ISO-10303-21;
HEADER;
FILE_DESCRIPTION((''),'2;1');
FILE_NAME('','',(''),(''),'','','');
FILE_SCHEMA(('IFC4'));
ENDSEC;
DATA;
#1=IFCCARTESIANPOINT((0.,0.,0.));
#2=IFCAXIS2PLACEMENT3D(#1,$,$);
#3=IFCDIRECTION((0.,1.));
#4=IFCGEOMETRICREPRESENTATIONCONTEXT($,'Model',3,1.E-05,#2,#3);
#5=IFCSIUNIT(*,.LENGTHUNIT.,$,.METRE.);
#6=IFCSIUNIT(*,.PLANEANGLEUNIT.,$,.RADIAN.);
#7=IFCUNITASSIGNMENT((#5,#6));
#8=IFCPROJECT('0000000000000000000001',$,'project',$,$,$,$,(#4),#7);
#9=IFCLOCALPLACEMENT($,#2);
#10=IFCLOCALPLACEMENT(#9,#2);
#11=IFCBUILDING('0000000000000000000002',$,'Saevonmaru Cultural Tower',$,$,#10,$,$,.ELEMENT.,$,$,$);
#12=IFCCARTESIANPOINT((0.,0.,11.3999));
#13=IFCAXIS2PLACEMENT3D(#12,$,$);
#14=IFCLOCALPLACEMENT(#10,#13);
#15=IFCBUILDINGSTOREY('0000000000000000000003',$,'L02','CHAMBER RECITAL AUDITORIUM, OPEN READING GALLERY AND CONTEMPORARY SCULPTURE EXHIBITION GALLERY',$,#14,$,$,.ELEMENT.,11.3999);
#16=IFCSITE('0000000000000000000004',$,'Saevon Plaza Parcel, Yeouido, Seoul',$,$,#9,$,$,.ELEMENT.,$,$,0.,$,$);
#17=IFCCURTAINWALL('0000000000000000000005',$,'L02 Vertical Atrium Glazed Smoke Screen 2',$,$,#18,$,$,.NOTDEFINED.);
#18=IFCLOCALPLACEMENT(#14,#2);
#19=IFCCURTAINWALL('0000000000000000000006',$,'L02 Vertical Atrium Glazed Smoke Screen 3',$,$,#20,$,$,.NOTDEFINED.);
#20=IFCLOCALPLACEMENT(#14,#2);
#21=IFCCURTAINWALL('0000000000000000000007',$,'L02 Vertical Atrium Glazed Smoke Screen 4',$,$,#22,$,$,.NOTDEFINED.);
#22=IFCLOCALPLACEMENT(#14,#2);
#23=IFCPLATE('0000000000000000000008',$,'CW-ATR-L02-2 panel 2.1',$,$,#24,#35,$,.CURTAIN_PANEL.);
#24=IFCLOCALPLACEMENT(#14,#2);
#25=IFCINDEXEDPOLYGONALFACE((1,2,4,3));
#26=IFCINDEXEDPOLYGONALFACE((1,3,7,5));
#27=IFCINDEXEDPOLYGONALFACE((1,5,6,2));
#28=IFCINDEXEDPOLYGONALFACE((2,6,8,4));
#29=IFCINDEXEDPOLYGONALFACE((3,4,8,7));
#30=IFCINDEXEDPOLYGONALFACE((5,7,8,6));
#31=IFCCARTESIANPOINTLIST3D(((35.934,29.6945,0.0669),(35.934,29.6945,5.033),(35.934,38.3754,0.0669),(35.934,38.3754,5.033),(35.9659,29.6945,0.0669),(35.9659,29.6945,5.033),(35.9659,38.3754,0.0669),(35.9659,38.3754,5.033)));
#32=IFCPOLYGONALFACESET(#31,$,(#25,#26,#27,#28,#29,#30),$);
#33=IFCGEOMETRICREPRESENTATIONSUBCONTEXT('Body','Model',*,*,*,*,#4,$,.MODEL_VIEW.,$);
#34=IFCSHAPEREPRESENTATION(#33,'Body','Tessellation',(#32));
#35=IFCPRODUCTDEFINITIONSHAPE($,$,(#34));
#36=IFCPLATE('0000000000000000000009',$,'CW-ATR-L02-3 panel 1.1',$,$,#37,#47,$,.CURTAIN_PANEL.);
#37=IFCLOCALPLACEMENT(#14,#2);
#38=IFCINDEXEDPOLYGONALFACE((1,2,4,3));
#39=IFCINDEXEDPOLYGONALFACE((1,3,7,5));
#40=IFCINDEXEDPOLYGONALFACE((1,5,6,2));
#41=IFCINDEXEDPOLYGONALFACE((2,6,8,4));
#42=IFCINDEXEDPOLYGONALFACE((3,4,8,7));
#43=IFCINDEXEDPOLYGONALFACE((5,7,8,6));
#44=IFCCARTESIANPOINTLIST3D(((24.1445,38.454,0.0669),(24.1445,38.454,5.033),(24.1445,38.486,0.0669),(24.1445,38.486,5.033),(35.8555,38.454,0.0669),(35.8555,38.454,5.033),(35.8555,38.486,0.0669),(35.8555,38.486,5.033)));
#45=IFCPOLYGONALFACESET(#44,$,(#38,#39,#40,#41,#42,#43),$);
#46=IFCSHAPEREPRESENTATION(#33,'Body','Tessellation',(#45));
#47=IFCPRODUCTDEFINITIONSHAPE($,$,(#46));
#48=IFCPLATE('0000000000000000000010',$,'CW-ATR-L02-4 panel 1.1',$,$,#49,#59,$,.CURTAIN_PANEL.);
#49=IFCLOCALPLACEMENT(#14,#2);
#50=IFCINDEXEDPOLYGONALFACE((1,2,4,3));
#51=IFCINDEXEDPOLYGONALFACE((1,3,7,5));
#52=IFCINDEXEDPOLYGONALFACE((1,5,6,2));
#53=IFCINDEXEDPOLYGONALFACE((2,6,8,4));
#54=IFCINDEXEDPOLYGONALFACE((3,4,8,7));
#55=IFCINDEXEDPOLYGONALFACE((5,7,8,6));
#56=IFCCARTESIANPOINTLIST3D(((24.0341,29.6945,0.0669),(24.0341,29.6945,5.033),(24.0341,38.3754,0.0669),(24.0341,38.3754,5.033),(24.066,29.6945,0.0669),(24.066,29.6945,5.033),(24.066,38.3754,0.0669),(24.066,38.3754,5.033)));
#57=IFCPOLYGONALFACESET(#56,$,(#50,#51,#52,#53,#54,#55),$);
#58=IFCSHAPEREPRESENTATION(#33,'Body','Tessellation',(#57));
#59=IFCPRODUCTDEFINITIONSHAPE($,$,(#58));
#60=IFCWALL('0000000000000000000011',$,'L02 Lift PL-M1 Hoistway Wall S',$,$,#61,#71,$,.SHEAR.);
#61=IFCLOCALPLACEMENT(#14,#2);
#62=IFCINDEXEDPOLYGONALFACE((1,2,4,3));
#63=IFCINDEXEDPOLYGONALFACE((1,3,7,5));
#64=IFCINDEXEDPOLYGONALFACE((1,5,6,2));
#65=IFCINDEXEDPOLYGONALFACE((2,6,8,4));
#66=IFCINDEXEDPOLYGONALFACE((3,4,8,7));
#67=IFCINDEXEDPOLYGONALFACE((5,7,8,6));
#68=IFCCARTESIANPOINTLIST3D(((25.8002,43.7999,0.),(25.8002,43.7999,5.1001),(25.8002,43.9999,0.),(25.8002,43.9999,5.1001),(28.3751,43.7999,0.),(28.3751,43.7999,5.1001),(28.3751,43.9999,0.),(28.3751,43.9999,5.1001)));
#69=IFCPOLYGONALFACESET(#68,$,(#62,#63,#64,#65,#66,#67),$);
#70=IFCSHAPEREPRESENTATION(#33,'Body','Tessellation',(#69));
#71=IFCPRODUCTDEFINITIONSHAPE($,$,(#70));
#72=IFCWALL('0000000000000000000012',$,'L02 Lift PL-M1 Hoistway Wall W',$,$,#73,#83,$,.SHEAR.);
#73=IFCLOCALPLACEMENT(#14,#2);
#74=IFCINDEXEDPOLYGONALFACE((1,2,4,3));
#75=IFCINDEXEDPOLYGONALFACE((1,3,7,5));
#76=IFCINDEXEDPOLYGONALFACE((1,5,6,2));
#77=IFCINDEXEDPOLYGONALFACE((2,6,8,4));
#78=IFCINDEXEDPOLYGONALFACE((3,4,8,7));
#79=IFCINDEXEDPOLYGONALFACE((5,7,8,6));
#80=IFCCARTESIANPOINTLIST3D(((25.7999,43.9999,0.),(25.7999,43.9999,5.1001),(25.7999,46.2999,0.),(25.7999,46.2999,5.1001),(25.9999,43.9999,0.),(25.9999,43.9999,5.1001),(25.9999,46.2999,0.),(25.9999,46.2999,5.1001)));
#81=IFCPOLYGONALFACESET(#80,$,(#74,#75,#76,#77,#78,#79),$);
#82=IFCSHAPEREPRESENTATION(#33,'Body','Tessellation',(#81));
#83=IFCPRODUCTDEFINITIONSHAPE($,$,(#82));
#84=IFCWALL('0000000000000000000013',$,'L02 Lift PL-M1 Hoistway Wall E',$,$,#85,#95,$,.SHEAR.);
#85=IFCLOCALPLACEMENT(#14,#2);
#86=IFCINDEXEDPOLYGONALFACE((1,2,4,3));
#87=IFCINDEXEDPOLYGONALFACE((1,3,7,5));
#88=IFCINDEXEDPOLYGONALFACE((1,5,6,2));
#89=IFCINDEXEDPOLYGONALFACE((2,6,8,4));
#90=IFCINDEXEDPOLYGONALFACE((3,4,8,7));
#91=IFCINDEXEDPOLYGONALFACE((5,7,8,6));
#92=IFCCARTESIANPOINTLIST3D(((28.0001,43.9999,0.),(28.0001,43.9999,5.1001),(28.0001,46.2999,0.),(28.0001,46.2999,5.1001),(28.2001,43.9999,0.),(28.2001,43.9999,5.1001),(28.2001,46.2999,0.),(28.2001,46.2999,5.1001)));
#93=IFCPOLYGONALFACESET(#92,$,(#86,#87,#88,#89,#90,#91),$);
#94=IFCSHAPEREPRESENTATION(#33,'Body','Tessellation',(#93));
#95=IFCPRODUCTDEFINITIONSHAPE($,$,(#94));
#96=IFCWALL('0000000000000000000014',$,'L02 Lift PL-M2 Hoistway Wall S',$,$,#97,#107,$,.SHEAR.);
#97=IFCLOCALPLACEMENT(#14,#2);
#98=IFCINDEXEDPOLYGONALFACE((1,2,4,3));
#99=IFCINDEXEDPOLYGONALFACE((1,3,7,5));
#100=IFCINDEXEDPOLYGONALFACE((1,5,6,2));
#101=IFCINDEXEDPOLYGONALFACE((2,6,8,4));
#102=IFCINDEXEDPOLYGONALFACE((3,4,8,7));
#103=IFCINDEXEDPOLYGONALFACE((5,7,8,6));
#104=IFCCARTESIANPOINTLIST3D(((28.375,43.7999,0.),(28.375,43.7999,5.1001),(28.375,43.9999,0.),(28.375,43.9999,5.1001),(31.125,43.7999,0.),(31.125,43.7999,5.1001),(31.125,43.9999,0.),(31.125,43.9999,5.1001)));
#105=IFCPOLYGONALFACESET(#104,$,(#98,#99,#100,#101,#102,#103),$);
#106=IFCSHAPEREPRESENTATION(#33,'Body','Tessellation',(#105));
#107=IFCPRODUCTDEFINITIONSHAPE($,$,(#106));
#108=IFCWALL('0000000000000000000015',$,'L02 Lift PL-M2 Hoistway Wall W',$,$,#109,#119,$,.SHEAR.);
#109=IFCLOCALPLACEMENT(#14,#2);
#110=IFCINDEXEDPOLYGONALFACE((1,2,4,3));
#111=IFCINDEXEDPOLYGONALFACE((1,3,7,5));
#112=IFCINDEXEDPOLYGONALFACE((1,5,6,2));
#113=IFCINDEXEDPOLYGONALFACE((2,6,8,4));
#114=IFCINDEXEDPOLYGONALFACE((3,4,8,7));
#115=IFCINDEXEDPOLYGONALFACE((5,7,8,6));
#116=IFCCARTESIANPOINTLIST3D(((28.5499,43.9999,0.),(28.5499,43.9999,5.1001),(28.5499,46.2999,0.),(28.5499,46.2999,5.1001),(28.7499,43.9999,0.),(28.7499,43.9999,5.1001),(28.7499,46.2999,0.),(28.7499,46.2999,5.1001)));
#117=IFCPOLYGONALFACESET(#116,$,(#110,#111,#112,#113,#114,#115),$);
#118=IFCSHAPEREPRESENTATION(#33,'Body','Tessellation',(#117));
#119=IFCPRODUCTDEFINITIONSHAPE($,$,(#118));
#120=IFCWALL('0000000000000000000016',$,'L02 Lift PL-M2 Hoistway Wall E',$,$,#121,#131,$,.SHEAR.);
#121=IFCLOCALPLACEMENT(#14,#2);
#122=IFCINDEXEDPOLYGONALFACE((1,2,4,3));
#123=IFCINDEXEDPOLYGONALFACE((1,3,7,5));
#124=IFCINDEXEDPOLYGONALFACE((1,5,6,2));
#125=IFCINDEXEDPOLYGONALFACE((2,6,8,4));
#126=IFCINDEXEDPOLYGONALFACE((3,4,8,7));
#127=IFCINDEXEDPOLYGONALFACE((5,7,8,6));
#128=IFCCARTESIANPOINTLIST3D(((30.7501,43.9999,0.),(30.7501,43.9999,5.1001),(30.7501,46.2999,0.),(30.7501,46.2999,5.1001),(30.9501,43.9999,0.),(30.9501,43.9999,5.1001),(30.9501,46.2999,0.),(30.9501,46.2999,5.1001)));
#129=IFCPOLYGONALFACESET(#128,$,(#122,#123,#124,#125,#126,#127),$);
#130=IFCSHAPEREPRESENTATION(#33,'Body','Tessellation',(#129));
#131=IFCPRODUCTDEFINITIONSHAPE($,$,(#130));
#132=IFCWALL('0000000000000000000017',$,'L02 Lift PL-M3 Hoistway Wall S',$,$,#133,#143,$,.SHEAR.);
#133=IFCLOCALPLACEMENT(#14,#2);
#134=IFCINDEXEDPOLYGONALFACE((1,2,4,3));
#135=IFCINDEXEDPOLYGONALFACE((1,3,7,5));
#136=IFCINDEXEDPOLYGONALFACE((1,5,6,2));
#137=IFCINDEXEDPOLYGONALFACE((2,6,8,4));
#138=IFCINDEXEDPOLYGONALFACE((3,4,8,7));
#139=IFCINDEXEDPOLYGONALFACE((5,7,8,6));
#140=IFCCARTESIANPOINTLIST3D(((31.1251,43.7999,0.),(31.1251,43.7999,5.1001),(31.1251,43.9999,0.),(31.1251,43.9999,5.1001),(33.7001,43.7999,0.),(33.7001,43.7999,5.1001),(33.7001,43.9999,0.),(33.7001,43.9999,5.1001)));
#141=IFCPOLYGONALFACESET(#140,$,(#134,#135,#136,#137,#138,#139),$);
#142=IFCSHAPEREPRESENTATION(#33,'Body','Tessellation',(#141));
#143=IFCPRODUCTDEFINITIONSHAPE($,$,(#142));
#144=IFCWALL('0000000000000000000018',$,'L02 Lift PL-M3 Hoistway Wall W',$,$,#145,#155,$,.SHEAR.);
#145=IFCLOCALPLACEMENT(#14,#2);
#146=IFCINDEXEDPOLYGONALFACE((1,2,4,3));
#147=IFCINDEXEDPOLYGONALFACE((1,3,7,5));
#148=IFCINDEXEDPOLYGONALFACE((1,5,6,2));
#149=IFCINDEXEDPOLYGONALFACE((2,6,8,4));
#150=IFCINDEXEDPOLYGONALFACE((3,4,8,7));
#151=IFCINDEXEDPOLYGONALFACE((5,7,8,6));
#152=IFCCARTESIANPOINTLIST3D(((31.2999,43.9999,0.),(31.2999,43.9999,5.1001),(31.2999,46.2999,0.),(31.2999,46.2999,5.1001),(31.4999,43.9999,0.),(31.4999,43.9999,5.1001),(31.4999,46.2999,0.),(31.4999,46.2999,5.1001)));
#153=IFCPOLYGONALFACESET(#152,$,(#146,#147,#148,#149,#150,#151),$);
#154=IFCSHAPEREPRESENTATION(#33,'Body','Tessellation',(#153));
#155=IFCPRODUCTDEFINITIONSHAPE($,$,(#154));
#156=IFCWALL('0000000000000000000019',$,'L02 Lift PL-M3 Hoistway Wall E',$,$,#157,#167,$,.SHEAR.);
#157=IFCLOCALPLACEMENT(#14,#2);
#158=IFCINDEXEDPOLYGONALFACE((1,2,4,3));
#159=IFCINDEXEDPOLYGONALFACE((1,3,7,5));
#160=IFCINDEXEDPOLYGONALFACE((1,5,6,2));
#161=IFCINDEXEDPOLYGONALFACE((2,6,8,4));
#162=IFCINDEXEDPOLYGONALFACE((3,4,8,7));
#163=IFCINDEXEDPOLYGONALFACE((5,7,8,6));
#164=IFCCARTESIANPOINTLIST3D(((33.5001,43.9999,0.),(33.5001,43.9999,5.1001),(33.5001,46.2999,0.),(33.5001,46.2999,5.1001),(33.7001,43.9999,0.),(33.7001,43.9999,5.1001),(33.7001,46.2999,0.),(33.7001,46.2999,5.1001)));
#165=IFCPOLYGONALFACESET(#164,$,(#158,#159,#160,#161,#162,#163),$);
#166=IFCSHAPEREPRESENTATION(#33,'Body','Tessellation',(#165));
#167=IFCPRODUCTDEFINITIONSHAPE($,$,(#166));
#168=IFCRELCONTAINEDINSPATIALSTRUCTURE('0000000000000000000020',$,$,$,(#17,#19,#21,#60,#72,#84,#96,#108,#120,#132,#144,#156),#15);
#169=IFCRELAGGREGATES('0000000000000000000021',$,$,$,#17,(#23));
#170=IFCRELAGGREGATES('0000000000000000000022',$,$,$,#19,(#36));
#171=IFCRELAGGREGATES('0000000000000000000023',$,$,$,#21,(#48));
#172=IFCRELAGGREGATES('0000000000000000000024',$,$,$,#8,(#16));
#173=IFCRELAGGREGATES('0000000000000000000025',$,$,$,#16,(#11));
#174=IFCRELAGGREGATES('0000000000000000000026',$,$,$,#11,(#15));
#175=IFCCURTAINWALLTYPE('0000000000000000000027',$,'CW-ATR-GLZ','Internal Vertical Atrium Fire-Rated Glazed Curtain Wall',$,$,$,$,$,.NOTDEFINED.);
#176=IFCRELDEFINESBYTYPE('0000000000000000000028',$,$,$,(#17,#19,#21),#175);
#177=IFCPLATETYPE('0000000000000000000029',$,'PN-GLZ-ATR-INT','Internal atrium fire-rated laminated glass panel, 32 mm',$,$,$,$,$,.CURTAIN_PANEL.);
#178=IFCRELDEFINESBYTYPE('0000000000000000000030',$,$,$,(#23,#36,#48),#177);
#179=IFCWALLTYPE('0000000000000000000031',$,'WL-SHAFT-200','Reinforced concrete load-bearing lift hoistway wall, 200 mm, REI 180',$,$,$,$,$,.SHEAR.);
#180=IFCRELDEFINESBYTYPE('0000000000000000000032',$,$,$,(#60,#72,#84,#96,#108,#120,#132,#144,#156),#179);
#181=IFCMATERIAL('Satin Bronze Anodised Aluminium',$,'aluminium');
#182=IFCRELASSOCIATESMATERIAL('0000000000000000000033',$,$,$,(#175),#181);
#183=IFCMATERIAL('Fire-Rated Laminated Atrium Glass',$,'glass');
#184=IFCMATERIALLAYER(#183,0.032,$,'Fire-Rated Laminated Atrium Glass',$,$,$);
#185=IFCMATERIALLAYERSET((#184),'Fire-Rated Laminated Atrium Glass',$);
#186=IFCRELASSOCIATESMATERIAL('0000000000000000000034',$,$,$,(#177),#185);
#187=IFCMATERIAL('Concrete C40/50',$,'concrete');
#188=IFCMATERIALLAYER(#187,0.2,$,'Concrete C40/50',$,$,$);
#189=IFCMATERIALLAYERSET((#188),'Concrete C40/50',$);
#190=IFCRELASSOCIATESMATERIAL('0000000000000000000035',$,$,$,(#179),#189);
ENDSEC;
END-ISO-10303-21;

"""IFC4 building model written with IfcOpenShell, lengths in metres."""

from ifc_helpers import new_model, si_unit, direction, frame, frame_2d, origin, origin_2d, place, context, subcontext, project, spatial, rectangle, extrude, material, layer, layer_set, type_object, element, aggregate, save


model = new_model("IFC4")

# Units and contexts
model_context = context("Model", 3, precision=1e-05, world=origin(), true_north=direction((0.0, 1.0)))
body_context = subcontext(model_context, "Body", "Model", "MODEL_VIEW")
ifc_project = project(units=[si_unit("LENGTHUNIT", "METRE"), si_unit("PLANEANGLEUNIT", "RADIAN")], contexts=[model_context])

# Site, building, storey
site_placement = place(None, origin())
site = spatial("IfcSite", under=ifc_project, at=site_placement, Name="Saevon Plaza Parcel, Yeouido, Seoul", CompositionType="ELEMENT", RefElevation=0.0)
building_placement = place(site_placement, origin())
building = spatial("IfcBuilding", under=site, at=building_placement, Name="Saevonmaru Cultural Tower", CompositionType="ELEMENT")
storey_placement = place(building_placement, frame((0.0, 0.0, 11.3999)))
storey = spatial("IfcBuildingStorey", under=building, at=storey_placement, Name="L02", Description="CHAMBER RECITAL AUDITORIUM, OPEN READING GALLERY AND CONTEMPORARY SCULPTURE EXHIBITION GALLERY", CompositionType="ELEMENT", Elevation=11.3999)

# Curtain wall
ifc_material_1 = material(Name="Satin Bronze Anodised Aluminium", Category="aluminium")
curtain_wall_type = type_object("IfcCurtainWallType", Name="CW-ATR-GLZ", Description="Internal Vertical Atrium Fire-Rated Glazed Curtain Wall", PredefinedType="NOTDEFINED", material=ifc_material_1)
curtain_wall_1_placement = place(storey_placement, origin())
curtain_wall_1 = element("IfcCurtainWall", 1, at=curtain_wall_1_placement, inside=storey, type_object=curtain_wall_type, Name="L02 Vertical Atrium Glazed Smoke Screen 2", PredefinedType="NOTDEFINED")

# Curtain wall
curtain_wall_2_placement = place(storey_placement, origin())
curtain_wall_2 = element("IfcCurtainWall", 2, at=curtain_wall_2_placement, inside=storey, type_object=curtain_wall_type, Name="L02 Vertical Atrium Glazed Smoke Screen 3", PredefinedType="NOTDEFINED")

# Curtain wall
curtain_wall_3_placement = place(storey_placement, origin())
curtain_wall_3 = element("IfcCurtainWall", 3, at=curtain_wall_3_placement, inside=storey, type_object=curtain_wall_type, Name="L02 Vertical Atrium Glazed Smoke Screen 4", PredefinedType="NOTDEFINED")

# Plates
ifc_material_2 = material(Name="Fire-Rated Laminated Atrium Glass", Category="glass")
ifc_layer_1 = layer(ifc_material_2, 0.032, Name="Fire-Rated Laminated Atrium Glass")
ifc_layer_set_1 = layer_set([ifc_layer_1], Name="Fire-Rated Laminated Atrium Glass")
plate_type = type_object("IfcPlateType", Name="PN-GLZ-ATR-INT", Description="Internal atrium fire-rated laminated glass panel, 32 mm", PredefinedType="CURTAIN_PANEL", material=ifc_layer_set_1)
plate_1_placement = place(storey_placement, frame((35.95, 34.0349, 0.0669), z_axis=(0.0, 0.0, 1.0), x_axis=(0.0, 1.0, 0.0)))
plate_1 = element("IfcPlate", 4, at=plate_1_placement, type_object=plate_type, Name="CW-ATR-L02-2 panel 2.1", PredefinedType="CURTAIN_PANEL", context=body_context, shape_type="SweptSolid", body=[
    extrude(rectangle(XDim=8.6809, YDim=0.032, at=origin_2d()), origin(), (0.0, 0.0, 1.0), 4.9661),
])
aggregate(curtain_wall_1, [plate_1])
plate_2_placement = place(storey_placement, frame((30.0, 38.47, 0.0669), z_axis=(0.0, 0.0, 1.0), x_axis=(-1.0, 0.0, 0.0)))
plate_2 = element("IfcPlate", 5, at=plate_2_placement, type_object=plate_type, Name="CW-ATR-L02-3 panel 1.1", PredefinedType="CURTAIN_PANEL", context=body_context, shape_type="SweptSolid", body=[
    extrude(rectangle(XDim=11.7109, YDim=0.032, at=origin_2d()), origin(), (0.0, 0.0, 1.0), 4.9661),
])
aggregate(curtain_wall_2, [plate_2])
plate_3_placement = place(storey_placement, frame((24.05, 34.0349, 0.0669), z_axis=(0.0, 0.0, 1.0), x_axis=(0.0, -1.0, 0.0)))
plate_3 = element("IfcPlate", 6, at=plate_3_placement, type_object=plate_type, Name="CW-ATR-L02-4 panel 1.1", PredefinedType="CURTAIN_PANEL", context=body_context, shape_type="SweptSolid", body=[
    extrude(rectangle(XDim=8.6809, YDim=0.032, at=origin_2d()), origin(), (0.0, 0.0, 1.0), 4.9661),
])
aggregate(curtain_wall_3, [plate_3])

# Walls
ifc_material_3 = material(Name="Concrete C40/50", Category="concrete")
ifc_layer_2 = layer(ifc_material_3, 0.2, Name="Concrete C40/50")
ifc_layer_set_2 = layer_set([ifc_layer_2], Name="Concrete C40/50")
wall_type = type_object("IfcWallType", Name="WL-SHAFT-200", Description="Reinforced concrete load-bearing lift hoistway wall, 200 mm, REI 180", PredefinedType="SHEAR", material=ifc_layer_set_2)
wall_1_placement = place(storey_placement, frame((25.8, 43.8999, 0.0), z_axis=(0.0, 0.0, 1.0), x_axis=(1.0, 0.0, 0.0)))
element("IfcWall", 7, at=wall_1_placement, inside=storey, type_object=wall_type, Name="L02 Lift PL-M1 Hoistway Wall S", PredefinedType="SHEAR", context=body_context, shape_type="SweptSolid", body=[
    extrude(rectangle(XDim=2.575, YDim=0.2, at=frame_2d((1.2876, 0.0))), origin(), (0.0, 0.0, 1.0), 5.1001),
])
for number, where, z_axis, x_axis, name in (
    (8, (25.8999, 44.0, 0.0), (0.0, 0.0, 1.0), (0.0, 1.0, 0.0), "L02 Lift PL-M1 Hoistway Wall W"),
    (9, (28.1001, 44.0, 0.0), (0.0, 0.0, 1.0), (0.0, 1.0, 0.0), "L02 Lift PL-M1 Hoistway Wall E"),
):
    element("IfcWall", number, at=place(storey_placement, frame(where, z_axis=z_axis, x_axis=x_axis)), inside=storey, type_object=wall_type, Name=name, PredefinedType="SHEAR", context=body_context, shape_type="SweptSolid", body=[
        extrude(rectangle(XDim=2.3, YDim=0.2, at=frame_2d((1.1499, 0.0))), origin(), (0.0, 0.0, 1.0), 5.1001),
    ])
wall_2_placement = place(storey_placement, frame((28.375, 43.8999, 0.0), z_axis=(0.0, 0.0, 1.0), x_axis=(1.0, 0.0, 0.0)))
element("IfcWall", 10, at=wall_2_placement, inside=storey, type_object=wall_type, Name="L02 Lift PL-M2 Hoistway Wall S", PredefinedType="SHEAR", context=body_context, shape_type="SweptSolid", body=[
    extrude(rectangle(XDim=2.75, YDim=0.2, at=frame_2d((1.375, 0.0))), origin(), (0.0, 0.0, 1.0), 5.1001),
])
for number, where, z_axis, x_axis, name in (
    (11, (28.6499, 44.0, 0.0), (0.0, 0.0, 1.0), (0.0, 1.0, 0.0), "L02 Lift PL-M2 Hoistway Wall W"),
    (12, (30.8501, 44.0, 0.0), (0.0, 0.0, 1.0), (0.0, 1.0, 0.0), "L02 Lift PL-M2 Hoistway Wall E"),
):
    element("IfcWall", number, at=place(storey_placement, frame(where, z_axis=z_axis, x_axis=x_axis)), inside=storey, type_object=wall_type, Name=name, PredefinedType="SHEAR", context=body_context, shape_type="SweptSolid", body=[
        extrude(rectangle(XDim=2.3, YDim=0.2, at=frame_2d((1.1499, 0.0))), origin(), (0.0, 0.0, 1.0), 5.1001),
    ])
wall_3_placement = place(storey_placement, frame((31.125, 43.8999, 0.0), z_axis=(0.0, 0.0, 1.0), x_axis=(1.0, 0.0, 0.0)))
element("IfcWall", 13, at=wall_3_placement, inside=storey, type_object=wall_type, Name="L02 Lift PL-M3 Hoistway Wall S", PredefinedType="SHEAR", context=body_context, shape_type="SweptSolid", body=[
    extrude(rectangle(XDim=2.575, YDim=0.2, at=frame_2d((1.2876, 0.0))), origin(), (0.0, 0.0, 1.0), 5.1001),
])
for number, where, z_axis, x_axis, name in (
    (14, (31.3999, 44.0, 0.0), (0.0, 0.0, 1.0), (0.0, 1.0, 0.0), "L02 Lift PL-M3 Hoistway Wall W"),
    (15, (33.6001, 44.0, 0.0), (0.0, 0.0, 1.0), (0.0, 1.0, 0.0), "L02 Lift PL-M3 Hoistway Wall E"),
):
    element("IfcWall", number, at=place(storey_placement, frame(where, z_axis=z_axis, x_axis=x_axis)), inside=storey, type_object=wall_type, Name=name, PredefinedType="SHEAR", context=body_context, shape_type="SweptSolid", body=[
        extrude(rectangle(XDim=2.3, YDim=0.2, at=frame_2d((1.1499, 0.0))), origin(), (0.0, 0.0, 1.0), 5.1001),
    ])

save(model, "model.ifc")
